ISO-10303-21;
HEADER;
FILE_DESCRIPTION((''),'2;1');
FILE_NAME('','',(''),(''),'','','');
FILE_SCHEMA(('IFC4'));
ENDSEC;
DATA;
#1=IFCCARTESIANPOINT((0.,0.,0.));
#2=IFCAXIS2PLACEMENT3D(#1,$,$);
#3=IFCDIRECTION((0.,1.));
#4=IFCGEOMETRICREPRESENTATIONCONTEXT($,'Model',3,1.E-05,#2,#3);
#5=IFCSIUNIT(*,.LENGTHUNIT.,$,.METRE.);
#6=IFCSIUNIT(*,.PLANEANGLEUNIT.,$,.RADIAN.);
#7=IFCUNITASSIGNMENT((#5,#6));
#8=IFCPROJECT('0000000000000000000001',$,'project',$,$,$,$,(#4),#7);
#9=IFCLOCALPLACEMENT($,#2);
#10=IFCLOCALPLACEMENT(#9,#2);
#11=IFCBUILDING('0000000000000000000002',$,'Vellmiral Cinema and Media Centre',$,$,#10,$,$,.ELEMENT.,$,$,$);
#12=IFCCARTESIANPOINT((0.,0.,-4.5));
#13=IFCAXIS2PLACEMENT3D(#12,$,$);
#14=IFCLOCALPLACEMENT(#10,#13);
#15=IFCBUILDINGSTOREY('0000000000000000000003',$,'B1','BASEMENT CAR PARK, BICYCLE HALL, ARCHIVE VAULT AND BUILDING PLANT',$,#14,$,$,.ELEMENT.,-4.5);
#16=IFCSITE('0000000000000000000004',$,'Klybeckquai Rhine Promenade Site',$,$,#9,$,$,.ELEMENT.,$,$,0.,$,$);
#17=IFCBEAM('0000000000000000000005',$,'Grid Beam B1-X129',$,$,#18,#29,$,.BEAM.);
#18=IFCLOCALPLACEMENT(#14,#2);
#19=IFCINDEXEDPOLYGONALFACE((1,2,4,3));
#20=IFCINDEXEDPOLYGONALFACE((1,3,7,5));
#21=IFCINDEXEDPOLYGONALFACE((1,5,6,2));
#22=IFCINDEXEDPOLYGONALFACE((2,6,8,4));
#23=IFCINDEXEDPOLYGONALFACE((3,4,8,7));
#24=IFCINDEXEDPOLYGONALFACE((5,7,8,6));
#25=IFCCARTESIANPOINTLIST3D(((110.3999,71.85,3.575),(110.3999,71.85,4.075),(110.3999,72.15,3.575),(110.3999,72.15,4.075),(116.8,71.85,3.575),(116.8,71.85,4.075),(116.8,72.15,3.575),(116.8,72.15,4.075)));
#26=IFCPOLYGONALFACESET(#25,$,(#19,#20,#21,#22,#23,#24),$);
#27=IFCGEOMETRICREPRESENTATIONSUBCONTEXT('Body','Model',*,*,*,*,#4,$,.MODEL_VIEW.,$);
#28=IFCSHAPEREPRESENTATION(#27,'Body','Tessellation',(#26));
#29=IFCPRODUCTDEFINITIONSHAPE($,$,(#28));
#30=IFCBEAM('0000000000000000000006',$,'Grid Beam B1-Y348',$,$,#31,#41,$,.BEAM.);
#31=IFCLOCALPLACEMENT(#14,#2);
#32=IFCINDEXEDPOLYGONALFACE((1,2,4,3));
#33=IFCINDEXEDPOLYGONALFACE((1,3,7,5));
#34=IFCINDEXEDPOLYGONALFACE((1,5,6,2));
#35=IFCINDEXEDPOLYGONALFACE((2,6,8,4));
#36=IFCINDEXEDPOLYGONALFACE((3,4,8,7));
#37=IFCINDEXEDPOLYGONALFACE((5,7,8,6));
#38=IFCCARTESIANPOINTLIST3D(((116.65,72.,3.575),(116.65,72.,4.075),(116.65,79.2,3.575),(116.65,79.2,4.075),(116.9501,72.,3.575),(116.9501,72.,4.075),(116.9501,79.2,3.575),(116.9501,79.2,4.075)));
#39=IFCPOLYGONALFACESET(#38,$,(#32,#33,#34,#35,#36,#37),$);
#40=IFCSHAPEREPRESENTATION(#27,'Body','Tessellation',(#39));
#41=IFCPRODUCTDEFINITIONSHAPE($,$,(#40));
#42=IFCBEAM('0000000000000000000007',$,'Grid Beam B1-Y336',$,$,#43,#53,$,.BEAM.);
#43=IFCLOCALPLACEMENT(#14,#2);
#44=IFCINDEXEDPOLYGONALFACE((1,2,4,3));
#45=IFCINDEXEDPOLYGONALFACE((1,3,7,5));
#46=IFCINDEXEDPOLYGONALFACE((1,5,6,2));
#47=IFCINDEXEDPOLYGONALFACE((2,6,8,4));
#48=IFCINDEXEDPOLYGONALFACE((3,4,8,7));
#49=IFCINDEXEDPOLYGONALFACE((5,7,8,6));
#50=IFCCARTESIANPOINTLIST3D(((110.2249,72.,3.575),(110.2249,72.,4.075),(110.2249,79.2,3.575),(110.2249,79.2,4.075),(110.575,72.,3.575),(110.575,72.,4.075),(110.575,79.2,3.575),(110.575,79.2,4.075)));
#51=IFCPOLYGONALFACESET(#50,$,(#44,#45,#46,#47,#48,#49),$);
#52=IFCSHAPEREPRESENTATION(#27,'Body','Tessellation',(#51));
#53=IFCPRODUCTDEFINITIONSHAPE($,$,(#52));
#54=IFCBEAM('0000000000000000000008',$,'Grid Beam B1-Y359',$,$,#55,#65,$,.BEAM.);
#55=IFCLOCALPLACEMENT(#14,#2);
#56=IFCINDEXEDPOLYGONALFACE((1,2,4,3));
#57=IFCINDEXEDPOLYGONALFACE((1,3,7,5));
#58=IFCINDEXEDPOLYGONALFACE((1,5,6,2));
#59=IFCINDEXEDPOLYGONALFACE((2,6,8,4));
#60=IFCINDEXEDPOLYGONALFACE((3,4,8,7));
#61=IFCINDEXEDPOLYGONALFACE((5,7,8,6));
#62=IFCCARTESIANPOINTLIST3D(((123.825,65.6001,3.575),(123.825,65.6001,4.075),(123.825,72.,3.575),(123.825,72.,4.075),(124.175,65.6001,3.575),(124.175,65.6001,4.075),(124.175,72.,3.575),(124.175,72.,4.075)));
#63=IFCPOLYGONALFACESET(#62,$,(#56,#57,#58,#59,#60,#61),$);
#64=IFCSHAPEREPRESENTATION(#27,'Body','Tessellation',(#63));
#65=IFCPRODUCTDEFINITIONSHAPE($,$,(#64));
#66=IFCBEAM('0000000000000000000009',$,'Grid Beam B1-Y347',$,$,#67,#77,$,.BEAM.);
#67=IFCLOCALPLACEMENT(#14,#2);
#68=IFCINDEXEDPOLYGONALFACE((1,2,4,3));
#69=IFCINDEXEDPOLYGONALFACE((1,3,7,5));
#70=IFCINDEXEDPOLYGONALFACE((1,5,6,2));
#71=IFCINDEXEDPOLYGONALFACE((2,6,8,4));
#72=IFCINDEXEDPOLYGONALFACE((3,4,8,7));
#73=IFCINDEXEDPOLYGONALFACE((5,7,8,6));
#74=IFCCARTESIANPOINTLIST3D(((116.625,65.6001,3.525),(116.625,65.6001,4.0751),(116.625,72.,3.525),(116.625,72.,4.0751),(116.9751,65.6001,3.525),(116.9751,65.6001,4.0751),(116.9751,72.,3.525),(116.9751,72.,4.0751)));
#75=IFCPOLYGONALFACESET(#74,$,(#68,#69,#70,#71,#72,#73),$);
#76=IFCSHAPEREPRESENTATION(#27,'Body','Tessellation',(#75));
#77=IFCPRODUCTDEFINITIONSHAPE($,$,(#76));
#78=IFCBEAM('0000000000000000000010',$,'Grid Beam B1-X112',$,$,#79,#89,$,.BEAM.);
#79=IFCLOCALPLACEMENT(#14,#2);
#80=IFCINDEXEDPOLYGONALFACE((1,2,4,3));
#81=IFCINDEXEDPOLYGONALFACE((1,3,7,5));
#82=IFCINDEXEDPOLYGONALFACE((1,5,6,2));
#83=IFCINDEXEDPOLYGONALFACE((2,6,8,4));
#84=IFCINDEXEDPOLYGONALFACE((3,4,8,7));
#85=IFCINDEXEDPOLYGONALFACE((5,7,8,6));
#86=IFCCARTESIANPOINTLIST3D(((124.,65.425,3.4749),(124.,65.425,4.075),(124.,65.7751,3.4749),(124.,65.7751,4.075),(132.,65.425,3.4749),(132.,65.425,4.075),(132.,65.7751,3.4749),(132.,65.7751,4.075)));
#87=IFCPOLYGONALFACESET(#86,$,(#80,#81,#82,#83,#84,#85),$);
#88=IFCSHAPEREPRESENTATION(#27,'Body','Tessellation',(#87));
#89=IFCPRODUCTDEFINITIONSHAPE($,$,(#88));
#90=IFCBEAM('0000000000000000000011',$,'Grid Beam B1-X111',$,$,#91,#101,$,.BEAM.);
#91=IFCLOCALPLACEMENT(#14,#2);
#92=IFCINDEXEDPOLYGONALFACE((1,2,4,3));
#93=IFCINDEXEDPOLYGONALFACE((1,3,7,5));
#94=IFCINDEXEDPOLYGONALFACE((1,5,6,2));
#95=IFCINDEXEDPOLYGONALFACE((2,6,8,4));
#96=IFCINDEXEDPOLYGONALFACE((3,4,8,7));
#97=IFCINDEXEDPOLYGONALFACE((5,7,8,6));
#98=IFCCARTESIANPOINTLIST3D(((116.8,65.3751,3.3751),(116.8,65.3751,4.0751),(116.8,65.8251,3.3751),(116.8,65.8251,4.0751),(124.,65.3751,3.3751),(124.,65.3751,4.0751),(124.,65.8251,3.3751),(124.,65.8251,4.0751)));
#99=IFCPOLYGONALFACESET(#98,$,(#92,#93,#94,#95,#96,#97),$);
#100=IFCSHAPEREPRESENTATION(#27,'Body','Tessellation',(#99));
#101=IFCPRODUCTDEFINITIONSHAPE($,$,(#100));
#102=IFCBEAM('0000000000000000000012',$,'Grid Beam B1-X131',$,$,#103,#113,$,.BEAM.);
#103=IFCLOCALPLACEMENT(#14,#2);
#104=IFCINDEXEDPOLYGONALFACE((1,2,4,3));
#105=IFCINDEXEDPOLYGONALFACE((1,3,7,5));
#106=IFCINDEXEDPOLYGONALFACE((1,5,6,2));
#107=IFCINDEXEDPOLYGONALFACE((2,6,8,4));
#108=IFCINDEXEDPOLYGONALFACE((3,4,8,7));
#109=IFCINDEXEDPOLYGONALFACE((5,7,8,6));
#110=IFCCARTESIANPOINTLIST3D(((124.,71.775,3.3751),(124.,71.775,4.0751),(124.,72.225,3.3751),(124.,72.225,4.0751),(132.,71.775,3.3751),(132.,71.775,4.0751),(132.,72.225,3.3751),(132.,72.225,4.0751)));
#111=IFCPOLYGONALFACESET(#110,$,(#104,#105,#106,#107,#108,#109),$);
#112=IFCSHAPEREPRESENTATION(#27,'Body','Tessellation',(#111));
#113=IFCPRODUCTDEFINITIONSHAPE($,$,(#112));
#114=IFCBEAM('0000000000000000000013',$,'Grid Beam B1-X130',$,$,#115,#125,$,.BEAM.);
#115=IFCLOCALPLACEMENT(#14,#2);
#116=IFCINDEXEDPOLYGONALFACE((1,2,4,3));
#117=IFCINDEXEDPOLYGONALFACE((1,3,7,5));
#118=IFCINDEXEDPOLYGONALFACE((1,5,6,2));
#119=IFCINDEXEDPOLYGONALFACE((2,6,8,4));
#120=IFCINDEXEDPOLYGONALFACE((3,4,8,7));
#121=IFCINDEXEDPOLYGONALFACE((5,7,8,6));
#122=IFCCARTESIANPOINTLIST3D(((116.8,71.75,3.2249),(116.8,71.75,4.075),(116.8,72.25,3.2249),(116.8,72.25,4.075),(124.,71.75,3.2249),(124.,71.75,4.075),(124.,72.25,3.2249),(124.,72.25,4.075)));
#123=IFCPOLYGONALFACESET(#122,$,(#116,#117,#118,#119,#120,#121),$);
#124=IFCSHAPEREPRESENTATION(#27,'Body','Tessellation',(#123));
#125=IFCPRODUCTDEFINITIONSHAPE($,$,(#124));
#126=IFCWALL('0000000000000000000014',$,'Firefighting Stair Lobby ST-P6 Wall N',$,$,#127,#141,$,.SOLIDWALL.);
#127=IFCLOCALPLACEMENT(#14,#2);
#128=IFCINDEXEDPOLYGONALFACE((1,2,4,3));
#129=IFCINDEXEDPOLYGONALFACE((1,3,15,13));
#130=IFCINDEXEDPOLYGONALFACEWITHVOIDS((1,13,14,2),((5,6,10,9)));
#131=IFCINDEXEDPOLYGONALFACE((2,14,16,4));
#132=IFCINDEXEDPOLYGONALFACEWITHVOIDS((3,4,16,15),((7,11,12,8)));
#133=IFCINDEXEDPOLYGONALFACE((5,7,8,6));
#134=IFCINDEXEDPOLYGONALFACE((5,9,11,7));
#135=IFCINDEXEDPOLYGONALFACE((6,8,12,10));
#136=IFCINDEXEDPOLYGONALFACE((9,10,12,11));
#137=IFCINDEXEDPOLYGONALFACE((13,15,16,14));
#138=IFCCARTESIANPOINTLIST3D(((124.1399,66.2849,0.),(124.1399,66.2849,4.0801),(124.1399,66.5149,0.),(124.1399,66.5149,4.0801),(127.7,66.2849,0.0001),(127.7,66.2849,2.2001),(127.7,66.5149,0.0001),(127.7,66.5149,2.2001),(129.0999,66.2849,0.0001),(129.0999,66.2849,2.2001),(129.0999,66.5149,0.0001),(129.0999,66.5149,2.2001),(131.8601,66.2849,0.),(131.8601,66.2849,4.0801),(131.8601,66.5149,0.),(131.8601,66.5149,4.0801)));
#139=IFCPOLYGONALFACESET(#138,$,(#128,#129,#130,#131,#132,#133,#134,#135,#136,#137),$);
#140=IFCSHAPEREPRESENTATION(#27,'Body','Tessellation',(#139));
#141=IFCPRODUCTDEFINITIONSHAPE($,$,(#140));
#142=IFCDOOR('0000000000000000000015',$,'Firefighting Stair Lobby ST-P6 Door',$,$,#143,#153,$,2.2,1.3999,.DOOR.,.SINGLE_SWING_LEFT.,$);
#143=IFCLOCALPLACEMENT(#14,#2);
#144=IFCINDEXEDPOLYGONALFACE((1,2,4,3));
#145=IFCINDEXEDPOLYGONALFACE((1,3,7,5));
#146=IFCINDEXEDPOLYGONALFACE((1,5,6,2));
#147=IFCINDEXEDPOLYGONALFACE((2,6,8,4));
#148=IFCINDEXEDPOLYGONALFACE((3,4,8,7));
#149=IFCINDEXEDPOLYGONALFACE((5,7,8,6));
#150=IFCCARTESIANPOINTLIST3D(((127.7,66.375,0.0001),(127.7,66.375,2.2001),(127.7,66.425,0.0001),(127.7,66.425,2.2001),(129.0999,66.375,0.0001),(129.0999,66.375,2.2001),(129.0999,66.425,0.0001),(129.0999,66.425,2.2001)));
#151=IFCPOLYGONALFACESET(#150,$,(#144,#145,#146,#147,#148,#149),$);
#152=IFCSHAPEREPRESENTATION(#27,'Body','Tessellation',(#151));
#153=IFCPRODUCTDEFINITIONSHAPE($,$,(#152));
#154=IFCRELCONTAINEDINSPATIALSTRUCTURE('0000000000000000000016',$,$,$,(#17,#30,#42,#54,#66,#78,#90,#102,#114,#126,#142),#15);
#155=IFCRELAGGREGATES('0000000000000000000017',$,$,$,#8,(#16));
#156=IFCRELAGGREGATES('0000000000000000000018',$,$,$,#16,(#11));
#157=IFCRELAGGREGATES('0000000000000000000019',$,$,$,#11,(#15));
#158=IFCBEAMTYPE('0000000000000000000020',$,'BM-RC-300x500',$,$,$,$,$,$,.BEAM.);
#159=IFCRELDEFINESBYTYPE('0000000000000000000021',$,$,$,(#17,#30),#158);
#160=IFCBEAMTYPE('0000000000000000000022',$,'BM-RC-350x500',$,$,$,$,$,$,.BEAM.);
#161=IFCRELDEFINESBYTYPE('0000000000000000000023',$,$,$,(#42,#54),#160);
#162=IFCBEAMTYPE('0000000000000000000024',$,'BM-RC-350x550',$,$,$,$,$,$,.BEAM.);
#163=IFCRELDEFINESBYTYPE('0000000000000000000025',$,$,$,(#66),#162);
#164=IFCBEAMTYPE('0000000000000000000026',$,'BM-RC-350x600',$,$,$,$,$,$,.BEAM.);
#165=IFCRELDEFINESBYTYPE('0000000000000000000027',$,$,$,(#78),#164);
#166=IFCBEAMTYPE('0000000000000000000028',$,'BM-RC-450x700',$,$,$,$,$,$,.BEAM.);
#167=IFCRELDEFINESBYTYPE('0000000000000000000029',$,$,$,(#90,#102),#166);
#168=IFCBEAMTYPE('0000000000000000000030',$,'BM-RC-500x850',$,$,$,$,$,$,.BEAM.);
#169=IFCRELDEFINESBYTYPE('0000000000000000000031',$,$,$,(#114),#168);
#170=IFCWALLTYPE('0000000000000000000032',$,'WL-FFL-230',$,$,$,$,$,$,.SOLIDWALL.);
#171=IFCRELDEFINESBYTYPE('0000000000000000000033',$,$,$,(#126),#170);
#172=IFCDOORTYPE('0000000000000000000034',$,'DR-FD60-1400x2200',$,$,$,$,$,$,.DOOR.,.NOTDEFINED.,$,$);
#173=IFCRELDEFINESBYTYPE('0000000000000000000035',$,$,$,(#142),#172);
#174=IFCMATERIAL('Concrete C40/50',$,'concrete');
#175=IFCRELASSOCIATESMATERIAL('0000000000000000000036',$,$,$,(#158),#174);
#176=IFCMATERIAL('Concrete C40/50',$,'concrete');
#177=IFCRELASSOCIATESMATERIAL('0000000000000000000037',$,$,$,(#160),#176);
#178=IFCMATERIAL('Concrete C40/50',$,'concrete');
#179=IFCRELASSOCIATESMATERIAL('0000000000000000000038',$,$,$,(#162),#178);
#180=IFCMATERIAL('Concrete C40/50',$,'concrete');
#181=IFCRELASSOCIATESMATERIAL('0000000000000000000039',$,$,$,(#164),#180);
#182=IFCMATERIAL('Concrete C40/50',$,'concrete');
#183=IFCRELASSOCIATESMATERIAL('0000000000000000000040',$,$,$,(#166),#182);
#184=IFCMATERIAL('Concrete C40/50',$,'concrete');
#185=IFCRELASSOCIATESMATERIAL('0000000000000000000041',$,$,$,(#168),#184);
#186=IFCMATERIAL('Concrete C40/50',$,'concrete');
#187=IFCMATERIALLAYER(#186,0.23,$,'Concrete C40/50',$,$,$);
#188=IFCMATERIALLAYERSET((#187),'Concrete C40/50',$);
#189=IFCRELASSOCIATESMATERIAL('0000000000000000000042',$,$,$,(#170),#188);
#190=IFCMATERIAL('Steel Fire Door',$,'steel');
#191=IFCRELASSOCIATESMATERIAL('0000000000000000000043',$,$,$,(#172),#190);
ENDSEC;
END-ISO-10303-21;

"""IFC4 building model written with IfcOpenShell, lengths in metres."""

from ifc_helpers import new_model, si_unit, direction, frame, frame_2d, origin, origin_2d, place, context, subcontext, project, spatial, rectangle, extrude, material, layer, layer_set, material_profile, profile_set, type_object, element, fill, save


model = new_model("IFC4")

# Units and contexts
model_context = context("Model", 3, precision=1e-05, world=origin(), true_north=direction((0.0, 1.0)))
body_context = subcontext(model_context, "Body", "Model", "MODEL_VIEW")
ifc_project = project(units=[si_unit("LENGTHUNIT", "METRE"), si_unit("PLANEANGLEUNIT", "RADIAN")], contexts=[model_context])

# Site, building, storey
site_placement = place(None, origin())
site = spatial("IfcSite", under=ifc_project, at=site_placement, Name="Klybeckquai Rhine Promenade Site", CompositionType="ELEMENT", RefElevation=0.0)
building_placement = place(site_placement, origin())
building = spatial("IfcBuilding", under=site, at=building_placement, Name="Vellmiral Cinema and Media Centre", CompositionType="ELEMENT")
storey_placement = place(building_placement, frame((0.0, 0.0, -4.5)))
storey = spatial("IfcBuildingStorey", under=building, at=storey_placement, Name="B1", Description="BASEMENT CAR PARK, BICYCLE HALL, ARCHIVE VAULT AND BUILDING PLANT", CompositionType="ELEMENT", Elevation=-4.5)

# Beams
ifc_material_1 = material(Name="Concrete C40/50", Category="concrete")
ifc_material_profile_1 = material_profile(ifc_material_1, rectangle(XDim=0.3, YDim=0.5, at=origin_2d()), Name="RC 300x500")
ifc_profile_set_1 = profile_set([ifc_material_profile_1], Name="Concrete C40/50")
beam_type_1 = type_object("IfcBeamType", Name="BM-RC-300x500", PredefinedType="BEAM", material=ifc_profile_set_1)
beam_1_placement = place(storey_placement, frame((110.3999, 72.0, 3.825), z_axis=(1.0, 0.0, 0.0), x_axis=(0.0, 1.0, 0.0)))
element("IfcBeam", 1, at=beam_1_placement, inside=storey, type_object=beam_type_1, Name="Grid Beam B1-X129", PredefinedType="BEAM", context=body_context, shape_type="SweptSolid", body=[
    extrude(rectangle(XDim=0.3, YDim=0.5, at=origin_2d()), origin(), (0.0, 0.0, 1.0), 6.4001),
])
beam_2_placement = place(storey_placement, frame((116.8, 72.0, 3.825), z_axis=(0.0, 1.0, 0.0), x_axis=(-1.0, 0.0, 0.0)))
element("IfcBeam", 2, at=beam_2_placement, inside=storey, type_object=beam_type_1, Name="Grid Beam B1-Y348", PredefinedType="BEAM", context=body_context, shape_type="SweptSolid", body=[
    extrude(rectangle(XDim=0.3, YDim=0.5, at=origin_2d()), origin(), (0.0, 0.0, 1.0), 7.2),
])
ifc_material_2 = material(Name="Concrete C40/50", Category="concrete")
ifc_material_profile_2 = material_profile(ifc_material_2, rectangle(XDim=0.3501, YDim=0.5, at=origin_2d()), Name="RC 350x500")
ifc_profile_set_2 = profile_set([ifc_material_profile_2], Name="Concrete C40/50")
beam_type_2 = type_object("IfcBeamType", Name="BM-RC-350x500", PredefinedType="BEAM", material=ifc_profile_set_2)
beam_3_placement = place(storey_placement, frame((110.3999, 72.0, 3.825), z_axis=(0.0, 1.0, 0.0), x_axis=(-1.0, 0.0, 0.0)))
element("IfcBeam", 3, at=beam_3_placement, inside=storey, type_object=beam_type_2, Name="Grid Beam B1-Y336", PredefinedType="BEAM", context=body_context, shape_type="SweptSolid", body=[
    extrude(rectangle(XDim=0.3501, YDim=0.5, at=origin_2d()), origin(), (0.0, 0.0, 1.0), 7.2),
])
beam_4_placement = place(storey_placement, frame((124.0, 65.6001, 3.825), z_axis=(0.0, 1.0, 0.0), x_axis=(-1.0, 0.0, 0.0)))
element("IfcBeam", 4, at=beam_4_placement, inside=storey, type_object=beam_type_2, Name="Grid Beam B1-Y359", PredefinedType="BEAM", context=body_context, shape_type="SweptSolid", body=[
    extrude(rectangle(XDim=0.3501, YDim=0.5, at=origin_2d()), origin(), (0.0, 0.0, 1.0), 6.3999),
])
ifc_material_3 = material(Name="Concrete C40/50", Category="concrete")
ifc_material_profile_3 = material_profile(ifc_material_3, rectangle(XDim=0.3501, YDim=0.55, at=origin_2d()), Name="RC 350x550")
ifc_profile_set_3 = profile_set([ifc_material_profile_3], Name="Concrete C40/50")
beam_type_3 = type_object("IfcBeamType", Name="BM-RC-350x550", PredefinedType="BEAM", material=ifc_profile_set_3)
beam_5_placement = place(storey_placement, frame((116.8, 65.6001, 3.8), z_axis=(0.0, 1.0, 0.0), x_axis=(-1.0, 0.0, 0.0)))
element("IfcBeam", 5, at=beam_5_placement, inside=storey, type_object=beam_type_3, Name="Grid Beam B1-Y347", PredefinedType="BEAM", context=body_context, shape_type="SweptSolid", body=[
    extrude(rectangle(XDim=0.3501, YDim=0.55, at=origin_2d()), origin(), (0.0, 0.0, 1.0), 6.3999),
])
ifc_material_4 = material(Name="Concrete C40/50", Category="concrete")
ifc_material_profile_4 = material_profile(ifc_material_4, rectangle(XDim=0.3501, YDim=0.6001, at=origin_2d()), Name="RC 350x600")
ifc_profile_set_4 = profile_set([ifc_material_profile_4], Name="Concrete C40/50")
beam_type_4 = type_object("IfcBeamType", Name="BM-RC-350x600", PredefinedType="BEAM", material=ifc_profile_set_4)
beam_6_placement = place(storey_placement, frame((124.0, 65.6001, 3.7749), z_axis=(1.0, 0.0, 0.0), x_axis=(0.0, 1.0, 0.0)))
element("IfcBeam", 6, at=beam_6_placement, inside=storey, type_object=beam_type_4, Name="Grid Beam B1-X112", PredefinedType="BEAM", context=body_context, shape_type="SweptSolid", body=[
    extrude(rectangle(XDim=0.3501, YDim=0.6001, at=origin_2d()), origin(), (0.0, 0.0, 1.0), 8.0),
])
ifc_material_5 = material(Name="Concrete C40/50", Category="concrete")
ifc_material_profile_5 = material_profile(ifc_material_5, rectangle(XDim=0.45, YDim=0.7, at=origin_2d()), Name="RC 450x700")
ifc_profile_set_5 = profile_set([ifc_material_profile_5], Name="Concrete C40/50")
beam_type_5 = type_object("IfcBeamType", Name="BM-RC-450x700", PredefinedType="BEAM", material=ifc_profile_set_5)
beam_7_placement = place(storey_placement, frame((116.8, 65.6001, 3.7251), z_axis=(1.0, 0.0, 0.0), x_axis=(0.0, 1.0, 0.0)))
element("IfcBeam", 7, at=beam_7_placement, inside=storey, type_object=beam_type_5, Name="Grid Beam B1-X111", PredefinedType="BEAM", context=body_context, shape_type="SweptSolid", body=[
    extrude(rectangle(XDim=0.45, YDim=0.7, at=origin_2d()), origin(), (0.0, 0.0, 1.0), 7.2),
])
beam_8_placement = place(storey_placement, frame((124.0, 72.0, 3.7251), z_axis=(1.0, 0.0, 0.0), x_axis=(0.0, 1.0, 0.0)))
element("IfcBeam", 8, at=beam_8_placement, inside=storey, type_object=beam_type_5, Name="Grid Beam B1-X131", PredefinedType="BEAM", context=body_context, shape_type="SweptSolid", body=[
    extrude(rectangle(XDim=0.45, YDim=0.7, at=origin_2d()), origin(), (0.0, 0.0, 1.0), 8.0),
])
ifc_material_6 = material(Name="Concrete C40/50", Category="concrete")
ifc_material_profile_6 = material_profile(ifc_material_6, rectangle(XDim=0.5, YDim=0.8501, at=origin_2d()), Name="RC 500x850")
ifc_profile_set_6 = profile_set([ifc_material_profile_6], Name="Concrete C40/50")
beam_type_6 = type_object("IfcBeamType", Name="BM-RC-500x850", PredefinedType="BEAM", material=ifc_profile_set_6)
beam_9_placement = place(storey_placement, frame((116.8, 72.0, 3.6499), z_axis=(1.0, 0.0, 0.0), x_axis=(0.0, 1.0, 0.0)))
element("IfcBeam", 9, at=beam_9_placement, inside=storey, type_object=beam_type_6, Name="Grid Beam B1-X130", PredefinedType="BEAM", context=body_context, shape_type="SweptSolid", body=[
    extrude(rectangle(XDim=0.5, YDim=0.8501, at=origin_2d()), origin(), (0.0, 0.0, 1.0), 7.2),
])

# Wall, opening, door
ifc_material_7 = material(Name="Concrete C40/50", Category="concrete")
ifc_layer = layer(ifc_material_7, 0.23, Name="Concrete C40/50")
ifc_layer_set = layer_set([ifc_layer], Name="Concrete C40/50")
wall_type = type_object("IfcWallType", Name="WL-FFL-230", PredefinedType="SOLIDWALL", material=ifc_layer_set)
wall_placement = place(storey_placement, frame((124.1399, 66.3999, 0.0), z_axis=(0.0, 0.0, 1.0), x_axis=(1.0, 0.0, 0.0)))
wall = element("IfcWall", 10, at=wall_placement, inside=storey, type_object=wall_type, Name="Firefighting Stair Lobby ST-P6 Wall N", PredefinedType="SOLIDWALL", context=body_context, shape_type="SweptSolid", body=[
    extrude(rectangle(XDim=7.7202, YDim=0.23, at=frame_2d((3.8601, 0.0))), origin(), (0.0, 0.0, 1.0), 4.0801),
])
opening_placement = place(wall_placement, frame((3.5601, 0.0, 0.0)))
opening = element("IfcOpeningElement", 11, at=opening_placement, cuts=wall, PredefinedType="OPENING", context=body_context, shape_type="SweptSolid", body=[
    extrude(rectangle(XDim=1.3999, YDim=2.2, at=frame_2d((0.7, 1.1001))), frame((0.0, 0.127, 0.0), z_axis=(0.0, -1.0, 0.0), x_axis=(1.0, 0.0, 0.0)), (0.0, 0.0, 1.0), 0.2539),
])
ifc_material_8 = material(Name="Steel Fire Door", Category="steel")
door_type = type_object("IfcDoorType", Name="DR-FD60-1400x2200", OperationType="NOTDEFINED", PredefinedType="DOOR", material=ifc_material_8)
door_placement = place(opening_placement, frame((1.3999, 0.0, 0.0), z_axis=(0.0, 0.0, 1.0), x_axis=(-1.0, 0.0, 0.0)))
door = element("IfcDoor", 12, at=door_placement, inside=storey, type_object=door_type, Name="Firefighting Stair Lobby ST-P6 Door", OperationType="SINGLE_SWING_LEFT", OverallHeight=2.2, OverallWidth=1.3999, PredefinedType="DOOR", context=body_context, shape_type="SweptSolid", body=[
    extrude(rectangle(XDim=1.3999, YDim=2.2, at=frame_2d((0.7, 1.1001))), frame((0.0, 0.0249, 0.0), z_axis=(0.0, -1.0, 0.0), x_axis=(1.0, 0.0, 0.0)), (0.0, 0.0, 1.0), 0.05),
])
fill(opening, door)

save(model, "model.ifc")
